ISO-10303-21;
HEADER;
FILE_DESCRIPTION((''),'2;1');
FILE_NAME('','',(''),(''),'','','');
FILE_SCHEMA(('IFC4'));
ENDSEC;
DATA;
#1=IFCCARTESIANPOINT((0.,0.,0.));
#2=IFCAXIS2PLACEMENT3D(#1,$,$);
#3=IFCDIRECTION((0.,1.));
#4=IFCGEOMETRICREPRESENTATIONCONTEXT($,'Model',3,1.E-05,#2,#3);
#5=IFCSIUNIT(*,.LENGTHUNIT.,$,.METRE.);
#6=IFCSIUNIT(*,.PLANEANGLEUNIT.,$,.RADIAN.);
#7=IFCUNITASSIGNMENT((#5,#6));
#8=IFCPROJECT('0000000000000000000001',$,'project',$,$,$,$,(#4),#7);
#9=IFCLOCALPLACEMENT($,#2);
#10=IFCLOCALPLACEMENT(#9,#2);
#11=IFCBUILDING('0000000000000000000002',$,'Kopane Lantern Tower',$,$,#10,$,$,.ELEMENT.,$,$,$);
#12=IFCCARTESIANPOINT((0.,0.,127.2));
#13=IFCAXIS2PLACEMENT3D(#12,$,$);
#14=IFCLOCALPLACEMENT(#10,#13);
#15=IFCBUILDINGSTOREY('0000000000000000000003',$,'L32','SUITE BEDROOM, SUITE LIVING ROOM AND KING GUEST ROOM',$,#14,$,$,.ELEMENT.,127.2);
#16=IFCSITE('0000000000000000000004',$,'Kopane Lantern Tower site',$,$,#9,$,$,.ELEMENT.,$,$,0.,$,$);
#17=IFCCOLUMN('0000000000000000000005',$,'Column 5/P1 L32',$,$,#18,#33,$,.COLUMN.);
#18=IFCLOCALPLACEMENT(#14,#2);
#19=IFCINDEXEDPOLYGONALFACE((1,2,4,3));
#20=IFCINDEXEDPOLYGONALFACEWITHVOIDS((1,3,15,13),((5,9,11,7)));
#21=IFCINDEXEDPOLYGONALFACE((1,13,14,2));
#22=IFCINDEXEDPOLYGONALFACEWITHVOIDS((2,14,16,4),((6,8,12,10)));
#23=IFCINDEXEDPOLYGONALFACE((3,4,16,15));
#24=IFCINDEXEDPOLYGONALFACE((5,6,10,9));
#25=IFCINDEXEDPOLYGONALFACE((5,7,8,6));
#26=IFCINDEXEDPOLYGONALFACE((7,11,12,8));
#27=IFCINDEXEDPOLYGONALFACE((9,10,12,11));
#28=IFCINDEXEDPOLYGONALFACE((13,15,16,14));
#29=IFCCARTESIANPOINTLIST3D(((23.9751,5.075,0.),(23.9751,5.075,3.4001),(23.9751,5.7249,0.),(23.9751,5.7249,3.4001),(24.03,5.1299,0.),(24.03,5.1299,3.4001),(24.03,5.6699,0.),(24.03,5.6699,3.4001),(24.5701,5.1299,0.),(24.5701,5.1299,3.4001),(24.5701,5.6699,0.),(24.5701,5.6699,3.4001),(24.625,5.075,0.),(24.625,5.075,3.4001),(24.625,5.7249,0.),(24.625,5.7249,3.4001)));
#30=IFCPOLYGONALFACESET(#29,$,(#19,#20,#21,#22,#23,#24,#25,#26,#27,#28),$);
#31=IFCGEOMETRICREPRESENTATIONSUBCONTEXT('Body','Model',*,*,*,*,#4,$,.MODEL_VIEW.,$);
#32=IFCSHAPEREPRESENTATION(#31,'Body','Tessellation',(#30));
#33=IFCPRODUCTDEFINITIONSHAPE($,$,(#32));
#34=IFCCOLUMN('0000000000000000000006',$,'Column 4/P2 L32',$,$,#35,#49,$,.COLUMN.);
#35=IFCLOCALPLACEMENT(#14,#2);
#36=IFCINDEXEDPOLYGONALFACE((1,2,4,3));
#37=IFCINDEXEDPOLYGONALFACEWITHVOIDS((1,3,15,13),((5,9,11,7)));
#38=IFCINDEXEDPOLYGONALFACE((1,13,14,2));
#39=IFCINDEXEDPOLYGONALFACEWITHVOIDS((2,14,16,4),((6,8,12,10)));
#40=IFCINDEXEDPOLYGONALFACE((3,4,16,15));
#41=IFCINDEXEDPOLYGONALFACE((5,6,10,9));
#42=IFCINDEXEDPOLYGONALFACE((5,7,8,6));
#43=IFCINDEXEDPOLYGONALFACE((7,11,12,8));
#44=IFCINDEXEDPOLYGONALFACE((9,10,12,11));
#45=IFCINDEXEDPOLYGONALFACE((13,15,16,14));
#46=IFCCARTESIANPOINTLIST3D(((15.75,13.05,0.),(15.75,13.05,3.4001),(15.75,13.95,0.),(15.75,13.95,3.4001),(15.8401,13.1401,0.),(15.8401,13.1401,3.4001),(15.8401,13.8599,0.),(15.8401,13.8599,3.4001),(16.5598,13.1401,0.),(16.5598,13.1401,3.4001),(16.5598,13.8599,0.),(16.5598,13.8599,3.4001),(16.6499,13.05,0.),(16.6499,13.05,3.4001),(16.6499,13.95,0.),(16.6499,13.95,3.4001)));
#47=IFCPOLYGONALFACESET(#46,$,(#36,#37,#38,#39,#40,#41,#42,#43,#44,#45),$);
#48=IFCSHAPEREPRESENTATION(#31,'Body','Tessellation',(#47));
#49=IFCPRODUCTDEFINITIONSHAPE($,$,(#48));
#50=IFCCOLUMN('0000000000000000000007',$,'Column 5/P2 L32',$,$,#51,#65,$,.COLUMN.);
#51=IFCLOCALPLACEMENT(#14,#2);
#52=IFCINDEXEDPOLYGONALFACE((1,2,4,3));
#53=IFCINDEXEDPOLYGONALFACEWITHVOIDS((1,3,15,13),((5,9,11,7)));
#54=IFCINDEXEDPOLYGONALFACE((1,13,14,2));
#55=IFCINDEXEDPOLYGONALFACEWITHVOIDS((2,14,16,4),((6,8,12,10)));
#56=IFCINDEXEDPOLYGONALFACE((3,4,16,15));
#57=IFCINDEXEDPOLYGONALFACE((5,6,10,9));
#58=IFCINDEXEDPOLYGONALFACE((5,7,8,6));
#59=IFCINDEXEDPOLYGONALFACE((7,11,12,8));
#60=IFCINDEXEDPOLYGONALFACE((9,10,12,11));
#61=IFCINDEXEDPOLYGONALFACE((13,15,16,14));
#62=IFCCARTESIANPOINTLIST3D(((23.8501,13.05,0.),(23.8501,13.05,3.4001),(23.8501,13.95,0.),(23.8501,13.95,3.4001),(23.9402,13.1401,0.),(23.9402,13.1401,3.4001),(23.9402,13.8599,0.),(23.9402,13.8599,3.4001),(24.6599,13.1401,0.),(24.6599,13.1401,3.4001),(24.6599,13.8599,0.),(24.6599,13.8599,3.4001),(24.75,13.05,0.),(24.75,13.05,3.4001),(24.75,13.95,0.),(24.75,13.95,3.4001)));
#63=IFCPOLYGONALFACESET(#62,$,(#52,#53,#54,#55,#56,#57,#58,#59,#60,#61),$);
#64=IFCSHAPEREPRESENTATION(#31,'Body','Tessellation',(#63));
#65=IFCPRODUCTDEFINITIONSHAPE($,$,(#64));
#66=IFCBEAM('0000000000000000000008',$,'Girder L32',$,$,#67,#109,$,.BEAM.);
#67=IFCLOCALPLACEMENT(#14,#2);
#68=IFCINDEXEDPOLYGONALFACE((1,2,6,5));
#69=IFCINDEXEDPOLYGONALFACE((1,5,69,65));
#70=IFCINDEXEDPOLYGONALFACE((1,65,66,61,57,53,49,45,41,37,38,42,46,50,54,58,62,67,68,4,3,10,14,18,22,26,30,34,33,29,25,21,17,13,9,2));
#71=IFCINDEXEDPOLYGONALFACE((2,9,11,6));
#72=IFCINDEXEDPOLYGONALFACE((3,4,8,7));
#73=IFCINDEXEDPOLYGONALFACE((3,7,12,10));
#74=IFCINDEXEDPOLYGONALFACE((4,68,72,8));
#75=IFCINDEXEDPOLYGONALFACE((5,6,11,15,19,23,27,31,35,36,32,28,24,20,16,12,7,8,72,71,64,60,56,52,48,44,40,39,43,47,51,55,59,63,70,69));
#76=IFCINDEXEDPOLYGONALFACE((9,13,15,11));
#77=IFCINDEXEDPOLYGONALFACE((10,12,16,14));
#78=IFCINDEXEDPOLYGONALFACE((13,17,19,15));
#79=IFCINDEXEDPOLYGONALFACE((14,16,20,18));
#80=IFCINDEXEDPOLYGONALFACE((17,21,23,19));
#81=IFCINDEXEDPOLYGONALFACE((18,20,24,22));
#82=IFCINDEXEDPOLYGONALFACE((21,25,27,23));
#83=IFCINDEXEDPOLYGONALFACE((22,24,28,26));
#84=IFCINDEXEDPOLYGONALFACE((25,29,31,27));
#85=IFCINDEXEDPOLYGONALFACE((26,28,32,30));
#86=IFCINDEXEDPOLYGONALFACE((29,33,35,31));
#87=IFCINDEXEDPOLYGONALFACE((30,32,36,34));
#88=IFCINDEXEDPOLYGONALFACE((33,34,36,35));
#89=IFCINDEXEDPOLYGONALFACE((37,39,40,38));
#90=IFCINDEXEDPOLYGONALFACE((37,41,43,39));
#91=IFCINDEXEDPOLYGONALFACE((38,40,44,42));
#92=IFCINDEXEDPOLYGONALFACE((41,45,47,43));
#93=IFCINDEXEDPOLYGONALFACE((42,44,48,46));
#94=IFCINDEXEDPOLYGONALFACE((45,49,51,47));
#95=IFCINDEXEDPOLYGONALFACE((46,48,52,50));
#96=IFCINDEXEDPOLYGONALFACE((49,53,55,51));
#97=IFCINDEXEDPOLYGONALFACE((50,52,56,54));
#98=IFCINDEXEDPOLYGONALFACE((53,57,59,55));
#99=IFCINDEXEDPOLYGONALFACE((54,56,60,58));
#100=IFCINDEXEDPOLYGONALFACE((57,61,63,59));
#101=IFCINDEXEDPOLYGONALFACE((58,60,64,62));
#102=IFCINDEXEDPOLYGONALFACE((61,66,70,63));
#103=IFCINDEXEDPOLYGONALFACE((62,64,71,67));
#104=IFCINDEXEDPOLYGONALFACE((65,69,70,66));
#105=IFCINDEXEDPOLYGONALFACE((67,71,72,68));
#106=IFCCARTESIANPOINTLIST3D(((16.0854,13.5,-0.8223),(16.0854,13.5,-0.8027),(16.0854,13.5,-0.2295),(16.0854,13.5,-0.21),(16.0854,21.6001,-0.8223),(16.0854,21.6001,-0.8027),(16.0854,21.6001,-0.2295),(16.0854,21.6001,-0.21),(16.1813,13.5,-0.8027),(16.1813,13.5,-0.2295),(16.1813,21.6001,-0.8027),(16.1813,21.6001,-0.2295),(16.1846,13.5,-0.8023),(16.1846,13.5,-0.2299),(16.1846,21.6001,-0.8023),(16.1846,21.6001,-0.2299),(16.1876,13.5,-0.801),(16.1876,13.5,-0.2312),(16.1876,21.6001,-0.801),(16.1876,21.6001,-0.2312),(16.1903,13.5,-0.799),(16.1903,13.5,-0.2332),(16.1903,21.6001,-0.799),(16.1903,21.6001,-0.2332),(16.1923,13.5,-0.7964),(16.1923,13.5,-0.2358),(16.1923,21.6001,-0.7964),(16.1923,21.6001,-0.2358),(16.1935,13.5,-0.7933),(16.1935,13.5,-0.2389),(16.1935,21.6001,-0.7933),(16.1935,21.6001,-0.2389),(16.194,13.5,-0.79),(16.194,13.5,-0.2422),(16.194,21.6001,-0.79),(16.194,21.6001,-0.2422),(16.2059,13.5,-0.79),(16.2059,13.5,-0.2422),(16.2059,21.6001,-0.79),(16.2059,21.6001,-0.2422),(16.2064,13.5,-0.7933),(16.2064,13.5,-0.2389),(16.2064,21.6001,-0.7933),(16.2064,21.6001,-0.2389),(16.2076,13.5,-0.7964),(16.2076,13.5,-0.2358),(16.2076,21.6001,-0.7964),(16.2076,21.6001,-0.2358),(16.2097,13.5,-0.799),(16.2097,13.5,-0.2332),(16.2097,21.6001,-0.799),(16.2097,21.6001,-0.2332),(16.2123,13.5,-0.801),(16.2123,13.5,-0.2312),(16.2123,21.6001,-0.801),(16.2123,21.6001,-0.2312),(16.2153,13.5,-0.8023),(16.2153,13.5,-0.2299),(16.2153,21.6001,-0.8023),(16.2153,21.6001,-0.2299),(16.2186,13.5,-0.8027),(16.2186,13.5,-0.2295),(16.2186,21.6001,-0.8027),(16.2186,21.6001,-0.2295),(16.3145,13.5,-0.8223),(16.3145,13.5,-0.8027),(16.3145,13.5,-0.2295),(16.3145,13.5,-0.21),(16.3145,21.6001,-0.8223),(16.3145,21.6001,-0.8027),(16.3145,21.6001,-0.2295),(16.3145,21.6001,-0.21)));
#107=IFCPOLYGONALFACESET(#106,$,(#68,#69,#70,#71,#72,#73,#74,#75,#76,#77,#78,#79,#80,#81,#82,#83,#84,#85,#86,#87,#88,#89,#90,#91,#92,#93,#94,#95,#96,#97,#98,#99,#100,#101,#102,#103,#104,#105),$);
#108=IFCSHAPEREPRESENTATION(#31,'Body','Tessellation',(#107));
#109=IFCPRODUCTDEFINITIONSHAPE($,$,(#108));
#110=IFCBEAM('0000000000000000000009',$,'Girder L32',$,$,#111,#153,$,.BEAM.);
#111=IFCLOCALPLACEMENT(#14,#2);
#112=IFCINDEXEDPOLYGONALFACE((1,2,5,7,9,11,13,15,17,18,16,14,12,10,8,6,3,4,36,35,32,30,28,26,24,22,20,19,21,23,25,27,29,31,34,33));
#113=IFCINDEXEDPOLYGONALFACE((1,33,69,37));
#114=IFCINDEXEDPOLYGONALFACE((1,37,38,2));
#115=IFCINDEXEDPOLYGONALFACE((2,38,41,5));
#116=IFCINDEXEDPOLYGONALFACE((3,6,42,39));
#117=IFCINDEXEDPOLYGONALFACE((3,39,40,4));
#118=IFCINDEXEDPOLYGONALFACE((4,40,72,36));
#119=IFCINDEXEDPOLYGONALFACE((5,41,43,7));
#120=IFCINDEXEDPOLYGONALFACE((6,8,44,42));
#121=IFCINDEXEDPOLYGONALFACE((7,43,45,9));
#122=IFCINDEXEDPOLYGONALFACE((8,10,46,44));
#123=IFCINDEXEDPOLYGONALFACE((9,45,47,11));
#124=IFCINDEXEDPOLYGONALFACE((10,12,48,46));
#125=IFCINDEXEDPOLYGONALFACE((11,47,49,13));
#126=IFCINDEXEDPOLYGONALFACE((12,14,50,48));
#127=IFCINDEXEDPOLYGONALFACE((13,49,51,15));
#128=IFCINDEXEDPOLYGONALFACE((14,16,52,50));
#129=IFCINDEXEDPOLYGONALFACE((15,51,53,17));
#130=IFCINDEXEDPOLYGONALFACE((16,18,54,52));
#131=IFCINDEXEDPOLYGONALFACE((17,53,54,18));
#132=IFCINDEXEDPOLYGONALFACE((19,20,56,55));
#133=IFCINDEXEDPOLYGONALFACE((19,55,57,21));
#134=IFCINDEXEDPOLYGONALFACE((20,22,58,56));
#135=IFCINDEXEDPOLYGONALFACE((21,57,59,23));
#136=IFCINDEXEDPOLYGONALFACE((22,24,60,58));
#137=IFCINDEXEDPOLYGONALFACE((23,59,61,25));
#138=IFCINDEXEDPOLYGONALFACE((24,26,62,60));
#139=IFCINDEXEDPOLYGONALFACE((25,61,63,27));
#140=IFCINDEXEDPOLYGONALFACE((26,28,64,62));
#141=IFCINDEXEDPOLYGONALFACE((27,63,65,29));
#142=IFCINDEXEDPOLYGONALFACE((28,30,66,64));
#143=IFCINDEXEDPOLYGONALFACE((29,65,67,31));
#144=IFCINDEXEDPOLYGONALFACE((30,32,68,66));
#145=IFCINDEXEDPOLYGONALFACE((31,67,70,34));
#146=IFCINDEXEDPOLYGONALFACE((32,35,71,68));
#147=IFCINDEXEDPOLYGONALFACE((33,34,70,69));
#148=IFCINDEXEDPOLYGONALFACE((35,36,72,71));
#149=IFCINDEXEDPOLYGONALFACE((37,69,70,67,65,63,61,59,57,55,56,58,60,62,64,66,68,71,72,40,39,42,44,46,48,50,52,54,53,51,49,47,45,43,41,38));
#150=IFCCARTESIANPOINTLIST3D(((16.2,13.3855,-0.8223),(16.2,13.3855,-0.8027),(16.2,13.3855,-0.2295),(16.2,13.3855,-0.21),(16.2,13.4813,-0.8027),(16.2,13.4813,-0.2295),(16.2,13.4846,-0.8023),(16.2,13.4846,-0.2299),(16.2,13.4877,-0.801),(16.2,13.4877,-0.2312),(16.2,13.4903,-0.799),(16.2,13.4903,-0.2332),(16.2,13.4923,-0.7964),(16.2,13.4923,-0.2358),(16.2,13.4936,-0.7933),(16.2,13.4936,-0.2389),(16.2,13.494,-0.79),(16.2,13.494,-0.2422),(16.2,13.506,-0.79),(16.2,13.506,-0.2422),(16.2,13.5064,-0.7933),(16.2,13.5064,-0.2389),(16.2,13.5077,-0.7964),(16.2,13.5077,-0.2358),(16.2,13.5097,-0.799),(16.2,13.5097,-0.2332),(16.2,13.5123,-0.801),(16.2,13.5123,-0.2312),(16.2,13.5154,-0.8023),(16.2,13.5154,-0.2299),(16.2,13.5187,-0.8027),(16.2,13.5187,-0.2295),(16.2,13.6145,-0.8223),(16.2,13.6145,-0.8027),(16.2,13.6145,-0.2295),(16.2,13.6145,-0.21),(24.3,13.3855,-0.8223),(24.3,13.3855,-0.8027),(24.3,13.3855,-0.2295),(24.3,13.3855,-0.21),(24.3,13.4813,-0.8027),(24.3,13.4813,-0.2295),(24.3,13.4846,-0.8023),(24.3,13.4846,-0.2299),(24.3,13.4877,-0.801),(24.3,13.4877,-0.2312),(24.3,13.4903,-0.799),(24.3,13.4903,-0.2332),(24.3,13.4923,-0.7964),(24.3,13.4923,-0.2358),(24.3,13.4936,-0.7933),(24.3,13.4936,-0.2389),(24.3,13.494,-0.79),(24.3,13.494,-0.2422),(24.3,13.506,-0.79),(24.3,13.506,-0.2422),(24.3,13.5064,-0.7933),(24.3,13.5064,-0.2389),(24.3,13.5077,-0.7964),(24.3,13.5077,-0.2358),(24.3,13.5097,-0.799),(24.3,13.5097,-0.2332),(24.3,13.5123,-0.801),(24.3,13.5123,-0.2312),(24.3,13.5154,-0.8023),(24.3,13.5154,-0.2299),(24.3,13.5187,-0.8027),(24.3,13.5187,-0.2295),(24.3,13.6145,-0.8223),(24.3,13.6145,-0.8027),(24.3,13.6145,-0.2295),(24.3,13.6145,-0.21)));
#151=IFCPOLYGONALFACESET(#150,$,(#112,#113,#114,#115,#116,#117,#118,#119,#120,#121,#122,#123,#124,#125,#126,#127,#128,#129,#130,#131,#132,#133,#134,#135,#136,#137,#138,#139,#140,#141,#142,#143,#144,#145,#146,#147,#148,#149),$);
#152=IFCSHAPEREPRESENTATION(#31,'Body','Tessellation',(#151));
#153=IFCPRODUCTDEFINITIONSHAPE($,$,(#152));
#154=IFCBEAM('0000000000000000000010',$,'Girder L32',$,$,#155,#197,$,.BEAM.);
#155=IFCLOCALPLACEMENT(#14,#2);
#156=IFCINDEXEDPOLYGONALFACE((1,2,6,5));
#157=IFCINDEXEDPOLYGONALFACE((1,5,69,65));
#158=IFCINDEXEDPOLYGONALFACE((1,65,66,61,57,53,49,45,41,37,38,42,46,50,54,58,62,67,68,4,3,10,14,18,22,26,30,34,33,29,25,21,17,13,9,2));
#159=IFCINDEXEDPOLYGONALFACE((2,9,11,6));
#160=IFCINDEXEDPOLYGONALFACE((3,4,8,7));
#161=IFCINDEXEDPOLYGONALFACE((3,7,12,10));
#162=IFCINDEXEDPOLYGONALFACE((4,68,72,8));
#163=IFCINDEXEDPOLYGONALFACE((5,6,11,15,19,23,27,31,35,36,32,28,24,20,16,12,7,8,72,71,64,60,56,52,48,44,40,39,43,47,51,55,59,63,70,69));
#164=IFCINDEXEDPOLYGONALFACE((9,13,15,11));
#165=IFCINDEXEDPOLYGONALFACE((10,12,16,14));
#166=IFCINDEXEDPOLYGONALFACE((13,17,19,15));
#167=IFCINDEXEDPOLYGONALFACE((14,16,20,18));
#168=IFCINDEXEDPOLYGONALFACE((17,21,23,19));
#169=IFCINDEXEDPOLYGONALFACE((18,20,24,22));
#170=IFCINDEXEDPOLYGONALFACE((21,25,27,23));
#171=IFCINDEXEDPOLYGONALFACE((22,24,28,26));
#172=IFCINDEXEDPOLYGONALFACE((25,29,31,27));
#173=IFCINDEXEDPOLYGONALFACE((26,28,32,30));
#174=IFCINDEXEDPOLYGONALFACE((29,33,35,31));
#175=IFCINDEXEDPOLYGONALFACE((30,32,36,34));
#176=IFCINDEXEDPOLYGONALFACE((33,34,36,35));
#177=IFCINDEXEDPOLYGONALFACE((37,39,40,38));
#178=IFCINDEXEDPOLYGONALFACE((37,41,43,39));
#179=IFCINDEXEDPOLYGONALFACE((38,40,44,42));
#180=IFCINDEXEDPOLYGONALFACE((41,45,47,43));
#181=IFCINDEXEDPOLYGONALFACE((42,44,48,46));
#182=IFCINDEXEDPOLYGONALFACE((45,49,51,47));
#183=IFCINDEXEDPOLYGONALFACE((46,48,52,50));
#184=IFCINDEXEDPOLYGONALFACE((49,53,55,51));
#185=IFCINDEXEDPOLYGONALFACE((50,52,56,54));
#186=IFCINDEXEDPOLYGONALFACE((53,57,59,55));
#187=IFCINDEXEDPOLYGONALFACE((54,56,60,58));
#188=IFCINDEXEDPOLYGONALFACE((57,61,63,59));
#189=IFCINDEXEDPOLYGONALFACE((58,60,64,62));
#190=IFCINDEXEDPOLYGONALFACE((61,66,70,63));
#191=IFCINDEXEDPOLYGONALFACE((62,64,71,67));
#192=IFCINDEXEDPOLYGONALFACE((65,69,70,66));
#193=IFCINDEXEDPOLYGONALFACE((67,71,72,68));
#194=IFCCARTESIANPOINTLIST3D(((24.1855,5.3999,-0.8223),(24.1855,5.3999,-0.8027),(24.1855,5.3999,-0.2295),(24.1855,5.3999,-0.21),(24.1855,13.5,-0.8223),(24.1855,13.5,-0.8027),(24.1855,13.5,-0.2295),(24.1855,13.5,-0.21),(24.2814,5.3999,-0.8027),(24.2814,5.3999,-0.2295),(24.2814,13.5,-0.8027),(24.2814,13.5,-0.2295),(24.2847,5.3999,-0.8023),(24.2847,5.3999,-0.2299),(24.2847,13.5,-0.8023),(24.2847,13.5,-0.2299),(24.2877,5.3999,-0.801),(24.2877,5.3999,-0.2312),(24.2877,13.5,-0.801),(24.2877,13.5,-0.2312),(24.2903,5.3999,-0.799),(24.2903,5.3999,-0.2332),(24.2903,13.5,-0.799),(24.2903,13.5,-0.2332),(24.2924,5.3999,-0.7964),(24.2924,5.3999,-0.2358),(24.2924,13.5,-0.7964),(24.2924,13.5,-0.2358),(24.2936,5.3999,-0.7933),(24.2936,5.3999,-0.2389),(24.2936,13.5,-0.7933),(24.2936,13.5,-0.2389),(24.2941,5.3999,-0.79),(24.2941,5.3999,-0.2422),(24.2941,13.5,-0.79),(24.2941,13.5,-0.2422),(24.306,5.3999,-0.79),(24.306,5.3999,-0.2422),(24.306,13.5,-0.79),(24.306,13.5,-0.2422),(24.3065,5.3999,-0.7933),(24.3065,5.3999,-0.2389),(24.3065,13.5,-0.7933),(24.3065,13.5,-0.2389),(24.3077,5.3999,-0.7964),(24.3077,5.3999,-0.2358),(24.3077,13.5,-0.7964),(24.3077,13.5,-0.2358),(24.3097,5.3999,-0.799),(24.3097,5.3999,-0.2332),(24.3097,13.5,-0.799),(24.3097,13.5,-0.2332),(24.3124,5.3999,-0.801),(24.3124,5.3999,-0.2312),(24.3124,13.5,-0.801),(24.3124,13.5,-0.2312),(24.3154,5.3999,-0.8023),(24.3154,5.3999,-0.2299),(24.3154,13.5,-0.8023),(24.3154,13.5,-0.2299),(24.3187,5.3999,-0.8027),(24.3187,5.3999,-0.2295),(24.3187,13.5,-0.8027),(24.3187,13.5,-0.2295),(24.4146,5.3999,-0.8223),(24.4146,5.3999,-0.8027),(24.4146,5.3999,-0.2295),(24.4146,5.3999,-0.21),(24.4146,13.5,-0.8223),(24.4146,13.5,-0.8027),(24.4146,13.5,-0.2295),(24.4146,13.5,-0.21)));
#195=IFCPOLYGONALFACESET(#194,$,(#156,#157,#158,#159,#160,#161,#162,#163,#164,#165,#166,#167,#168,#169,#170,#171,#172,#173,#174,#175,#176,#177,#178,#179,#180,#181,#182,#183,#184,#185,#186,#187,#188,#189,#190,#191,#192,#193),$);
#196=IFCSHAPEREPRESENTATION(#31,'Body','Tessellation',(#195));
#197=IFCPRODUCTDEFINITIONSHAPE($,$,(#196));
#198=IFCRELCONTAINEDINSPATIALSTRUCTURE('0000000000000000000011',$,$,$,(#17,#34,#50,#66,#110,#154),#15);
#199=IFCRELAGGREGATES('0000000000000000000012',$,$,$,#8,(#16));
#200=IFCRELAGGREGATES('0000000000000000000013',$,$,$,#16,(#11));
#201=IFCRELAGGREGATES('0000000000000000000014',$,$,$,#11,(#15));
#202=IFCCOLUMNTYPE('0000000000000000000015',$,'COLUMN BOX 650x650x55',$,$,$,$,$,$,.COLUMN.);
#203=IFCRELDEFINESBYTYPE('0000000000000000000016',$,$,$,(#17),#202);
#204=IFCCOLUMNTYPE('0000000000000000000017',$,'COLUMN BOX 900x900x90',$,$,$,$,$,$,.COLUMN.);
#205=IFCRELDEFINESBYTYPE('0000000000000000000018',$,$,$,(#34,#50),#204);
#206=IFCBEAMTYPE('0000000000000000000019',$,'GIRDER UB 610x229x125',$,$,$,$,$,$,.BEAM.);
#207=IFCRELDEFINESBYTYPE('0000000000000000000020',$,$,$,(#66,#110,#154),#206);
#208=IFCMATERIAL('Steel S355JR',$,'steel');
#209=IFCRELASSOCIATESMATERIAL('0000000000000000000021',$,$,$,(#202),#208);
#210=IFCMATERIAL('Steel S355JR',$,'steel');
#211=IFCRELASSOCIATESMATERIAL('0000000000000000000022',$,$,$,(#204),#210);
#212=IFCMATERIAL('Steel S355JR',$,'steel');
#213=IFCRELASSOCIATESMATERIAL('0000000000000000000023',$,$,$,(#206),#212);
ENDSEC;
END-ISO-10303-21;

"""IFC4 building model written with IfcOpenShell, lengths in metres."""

from ifc_helpers import new_model, si_unit, direction, frame, origin, origin_2d, place, context, subcontext, project, spatial, hollow_rectangle, i_section, extrude, material, material_profile, profile_set, type_object, element, save


model = new_model("IFC4")

# Units and contexts
model_context = context("Model", 3, precision=1e-05, world=origin(), true_north=direction((0.0, 1.0)))
body_context = subcontext(model_context, "Body", "Model", "MODEL_VIEW")
ifc_project = project(units=[si_unit("LENGTHUNIT", "METRE"), si_unit("PLANEANGLEUNIT", "RADIAN")], contexts=[model_context])

# Site, building, storey
site_placement = place(None, origin())
site = spatial("IfcSite", under=ifc_project, at=site_placement, Name="Kopane Lantern Tower site", CompositionType="ELEMENT", RefElevation=0.0)
building_placement = place(site_placement, origin())
building = spatial("IfcBuilding", under=site, at=building_placement, Name="Kopane Lantern Tower", CompositionType="ELEMENT")
storey_placement = place(building_placement, frame((0.0, 0.0, 127.2)))
storey = spatial("IfcBuildingStorey", under=building, at=storey_placement, Name="L32", Description="SUITE BEDROOM, SUITE LIVING ROOM AND KING GUEST ROOM", CompositionType="ELEMENT", Elevation=127.2)

# Columns
ifc_material_1 = material(Name="Steel S355JR", Category="steel")
ifc_material_profile_1 = material_profile(ifc_material_1, hollow_rectangle(XDim=0.6499, YDim=0.6499, WallThickness=0.0549, at=origin_2d()), Name="BOX 650x650x55")
ifc_profile_set_1 = profile_set([ifc_material_profile_1], Name="Steel S355JR")
column_type_1 = type_object("IfcColumnType", Name="COLUMN BOX 650x650x55", PredefinedType="COLUMN", material=ifc_profile_set_1)
column_placement = place(storey_placement, frame((24.3, 5.3999, 0.0), z_axis=(0.0, 0.0, 1.0), x_axis=(1.0, 0.0, 0.0)))
element("IfcColumn", 1, at=column_placement, inside=storey, type_object=column_type_1, Name="Column 5/P1 L32", PredefinedType="COLUMN", context=body_context, shape_type="SweptSolid", body=[
    extrude(hollow_rectangle(XDim=0.6499, YDim=0.6499, WallThickness=0.0549, at=origin_2d()), origin(), (0.0, 0.0, 1.0), 3.4001),
])
ifc_material_2 = material(Name="Steel S355JR", Category="steel")
ifc_material_profile_2 = material_profile(ifc_material_2, hollow_rectangle(XDim=0.8999, YDim=0.8999, WallThickness=0.0901, at=origin_2d()), Name="BOX 900x900x90")
ifc_profile_set_2 = profile_set([ifc_material_profile_2], Name="Steel S355JR")
column_type_2 = type_object("IfcColumnType", Name="COLUMN BOX 900x900x90", PredefinedType="COLUMN", material=ifc_profile_set_2)
for number, where, z_axis, x_axis, name in (
    (2, (16.2, 13.5, 0.0), (0.0, 0.0, 1.0), (1.0, 0.0, 0.0), "Column 4/P2 L32"),
    (3, (24.3, 13.5, 0.0), (0.0, 0.0, 1.0), (1.0, 0.0, 0.0), "Column 5/P2 L32"),
):
    element("IfcColumn", number, at=place(storey_placement, frame(where, z_axis=z_axis, x_axis=x_axis)), inside=storey, type_object=column_type_2, Name=name, PredefinedType="COLUMN", context=body_context, shape_type="SweptSolid", body=[
        extrude(hollow_rectangle(XDim=0.8999, YDim=0.8999, WallThickness=0.0901, at=origin_2d()), origin(), (0.0, 0.0, 1.0), 3.4001),
    ])

# Beams
ifc_material_3 = material(Name="Steel S355JR", Category="steel")
ifc_material_profile_3 = material_profile(ifc_material_3, i_section(OverallWidth=0.229, OverallDepth=0.6123, WebThickness=0.012, FlangeThickness=0.0195, FilletRadius=0.0127, at=origin_2d()), Name="UB 610x229x125")
ifc_profile_set_3 = profile_set([ifc_material_profile_3], Name="Steel S355JR")
beam_type = type_object("IfcBeamType", Name="GIRDER UB 610x229x125", PredefinedType="BEAM", material=ifc_profile_set_3)
for number, where, z_axis, x_axis, name in (
    (4, (16.2, 13.5, -0.5161), (0.0, 1.0, 0.0), (-1.0, 0.0, 0.0), "Girder L32"),
    (5, (16.2, 13.5, -0.5161), (1.0, 0.0, 0.0), (0.0, 1.0, 0.0), "Girder L32"),
    (6, (24.3, 5.3999, -0.5161), (0.0, 1.0, 0.0), (-1.0, 0.0, 0.0), "Girder L32"),
):
    element("IfcBeam", number, at=place(storey_placement, frame(where, z_axis=z_axis, x_axis=x_axis)), inside=storey, type_object=beam_type, Name=name, PredefinedType="BEAM", context=body_context, shape_type="SweptSolid", body=[
        extrude(i_section(OverallWidth=0.229, OverallDepth=0.6123, WebThickness=0.012, FlangeThickness=0.0195, FilletRadius=0.0127, at=origin_2d()), origin(), (0.0, 0.0, 1.0), 8.1001),
    ])

save(model, "model.ifc")
